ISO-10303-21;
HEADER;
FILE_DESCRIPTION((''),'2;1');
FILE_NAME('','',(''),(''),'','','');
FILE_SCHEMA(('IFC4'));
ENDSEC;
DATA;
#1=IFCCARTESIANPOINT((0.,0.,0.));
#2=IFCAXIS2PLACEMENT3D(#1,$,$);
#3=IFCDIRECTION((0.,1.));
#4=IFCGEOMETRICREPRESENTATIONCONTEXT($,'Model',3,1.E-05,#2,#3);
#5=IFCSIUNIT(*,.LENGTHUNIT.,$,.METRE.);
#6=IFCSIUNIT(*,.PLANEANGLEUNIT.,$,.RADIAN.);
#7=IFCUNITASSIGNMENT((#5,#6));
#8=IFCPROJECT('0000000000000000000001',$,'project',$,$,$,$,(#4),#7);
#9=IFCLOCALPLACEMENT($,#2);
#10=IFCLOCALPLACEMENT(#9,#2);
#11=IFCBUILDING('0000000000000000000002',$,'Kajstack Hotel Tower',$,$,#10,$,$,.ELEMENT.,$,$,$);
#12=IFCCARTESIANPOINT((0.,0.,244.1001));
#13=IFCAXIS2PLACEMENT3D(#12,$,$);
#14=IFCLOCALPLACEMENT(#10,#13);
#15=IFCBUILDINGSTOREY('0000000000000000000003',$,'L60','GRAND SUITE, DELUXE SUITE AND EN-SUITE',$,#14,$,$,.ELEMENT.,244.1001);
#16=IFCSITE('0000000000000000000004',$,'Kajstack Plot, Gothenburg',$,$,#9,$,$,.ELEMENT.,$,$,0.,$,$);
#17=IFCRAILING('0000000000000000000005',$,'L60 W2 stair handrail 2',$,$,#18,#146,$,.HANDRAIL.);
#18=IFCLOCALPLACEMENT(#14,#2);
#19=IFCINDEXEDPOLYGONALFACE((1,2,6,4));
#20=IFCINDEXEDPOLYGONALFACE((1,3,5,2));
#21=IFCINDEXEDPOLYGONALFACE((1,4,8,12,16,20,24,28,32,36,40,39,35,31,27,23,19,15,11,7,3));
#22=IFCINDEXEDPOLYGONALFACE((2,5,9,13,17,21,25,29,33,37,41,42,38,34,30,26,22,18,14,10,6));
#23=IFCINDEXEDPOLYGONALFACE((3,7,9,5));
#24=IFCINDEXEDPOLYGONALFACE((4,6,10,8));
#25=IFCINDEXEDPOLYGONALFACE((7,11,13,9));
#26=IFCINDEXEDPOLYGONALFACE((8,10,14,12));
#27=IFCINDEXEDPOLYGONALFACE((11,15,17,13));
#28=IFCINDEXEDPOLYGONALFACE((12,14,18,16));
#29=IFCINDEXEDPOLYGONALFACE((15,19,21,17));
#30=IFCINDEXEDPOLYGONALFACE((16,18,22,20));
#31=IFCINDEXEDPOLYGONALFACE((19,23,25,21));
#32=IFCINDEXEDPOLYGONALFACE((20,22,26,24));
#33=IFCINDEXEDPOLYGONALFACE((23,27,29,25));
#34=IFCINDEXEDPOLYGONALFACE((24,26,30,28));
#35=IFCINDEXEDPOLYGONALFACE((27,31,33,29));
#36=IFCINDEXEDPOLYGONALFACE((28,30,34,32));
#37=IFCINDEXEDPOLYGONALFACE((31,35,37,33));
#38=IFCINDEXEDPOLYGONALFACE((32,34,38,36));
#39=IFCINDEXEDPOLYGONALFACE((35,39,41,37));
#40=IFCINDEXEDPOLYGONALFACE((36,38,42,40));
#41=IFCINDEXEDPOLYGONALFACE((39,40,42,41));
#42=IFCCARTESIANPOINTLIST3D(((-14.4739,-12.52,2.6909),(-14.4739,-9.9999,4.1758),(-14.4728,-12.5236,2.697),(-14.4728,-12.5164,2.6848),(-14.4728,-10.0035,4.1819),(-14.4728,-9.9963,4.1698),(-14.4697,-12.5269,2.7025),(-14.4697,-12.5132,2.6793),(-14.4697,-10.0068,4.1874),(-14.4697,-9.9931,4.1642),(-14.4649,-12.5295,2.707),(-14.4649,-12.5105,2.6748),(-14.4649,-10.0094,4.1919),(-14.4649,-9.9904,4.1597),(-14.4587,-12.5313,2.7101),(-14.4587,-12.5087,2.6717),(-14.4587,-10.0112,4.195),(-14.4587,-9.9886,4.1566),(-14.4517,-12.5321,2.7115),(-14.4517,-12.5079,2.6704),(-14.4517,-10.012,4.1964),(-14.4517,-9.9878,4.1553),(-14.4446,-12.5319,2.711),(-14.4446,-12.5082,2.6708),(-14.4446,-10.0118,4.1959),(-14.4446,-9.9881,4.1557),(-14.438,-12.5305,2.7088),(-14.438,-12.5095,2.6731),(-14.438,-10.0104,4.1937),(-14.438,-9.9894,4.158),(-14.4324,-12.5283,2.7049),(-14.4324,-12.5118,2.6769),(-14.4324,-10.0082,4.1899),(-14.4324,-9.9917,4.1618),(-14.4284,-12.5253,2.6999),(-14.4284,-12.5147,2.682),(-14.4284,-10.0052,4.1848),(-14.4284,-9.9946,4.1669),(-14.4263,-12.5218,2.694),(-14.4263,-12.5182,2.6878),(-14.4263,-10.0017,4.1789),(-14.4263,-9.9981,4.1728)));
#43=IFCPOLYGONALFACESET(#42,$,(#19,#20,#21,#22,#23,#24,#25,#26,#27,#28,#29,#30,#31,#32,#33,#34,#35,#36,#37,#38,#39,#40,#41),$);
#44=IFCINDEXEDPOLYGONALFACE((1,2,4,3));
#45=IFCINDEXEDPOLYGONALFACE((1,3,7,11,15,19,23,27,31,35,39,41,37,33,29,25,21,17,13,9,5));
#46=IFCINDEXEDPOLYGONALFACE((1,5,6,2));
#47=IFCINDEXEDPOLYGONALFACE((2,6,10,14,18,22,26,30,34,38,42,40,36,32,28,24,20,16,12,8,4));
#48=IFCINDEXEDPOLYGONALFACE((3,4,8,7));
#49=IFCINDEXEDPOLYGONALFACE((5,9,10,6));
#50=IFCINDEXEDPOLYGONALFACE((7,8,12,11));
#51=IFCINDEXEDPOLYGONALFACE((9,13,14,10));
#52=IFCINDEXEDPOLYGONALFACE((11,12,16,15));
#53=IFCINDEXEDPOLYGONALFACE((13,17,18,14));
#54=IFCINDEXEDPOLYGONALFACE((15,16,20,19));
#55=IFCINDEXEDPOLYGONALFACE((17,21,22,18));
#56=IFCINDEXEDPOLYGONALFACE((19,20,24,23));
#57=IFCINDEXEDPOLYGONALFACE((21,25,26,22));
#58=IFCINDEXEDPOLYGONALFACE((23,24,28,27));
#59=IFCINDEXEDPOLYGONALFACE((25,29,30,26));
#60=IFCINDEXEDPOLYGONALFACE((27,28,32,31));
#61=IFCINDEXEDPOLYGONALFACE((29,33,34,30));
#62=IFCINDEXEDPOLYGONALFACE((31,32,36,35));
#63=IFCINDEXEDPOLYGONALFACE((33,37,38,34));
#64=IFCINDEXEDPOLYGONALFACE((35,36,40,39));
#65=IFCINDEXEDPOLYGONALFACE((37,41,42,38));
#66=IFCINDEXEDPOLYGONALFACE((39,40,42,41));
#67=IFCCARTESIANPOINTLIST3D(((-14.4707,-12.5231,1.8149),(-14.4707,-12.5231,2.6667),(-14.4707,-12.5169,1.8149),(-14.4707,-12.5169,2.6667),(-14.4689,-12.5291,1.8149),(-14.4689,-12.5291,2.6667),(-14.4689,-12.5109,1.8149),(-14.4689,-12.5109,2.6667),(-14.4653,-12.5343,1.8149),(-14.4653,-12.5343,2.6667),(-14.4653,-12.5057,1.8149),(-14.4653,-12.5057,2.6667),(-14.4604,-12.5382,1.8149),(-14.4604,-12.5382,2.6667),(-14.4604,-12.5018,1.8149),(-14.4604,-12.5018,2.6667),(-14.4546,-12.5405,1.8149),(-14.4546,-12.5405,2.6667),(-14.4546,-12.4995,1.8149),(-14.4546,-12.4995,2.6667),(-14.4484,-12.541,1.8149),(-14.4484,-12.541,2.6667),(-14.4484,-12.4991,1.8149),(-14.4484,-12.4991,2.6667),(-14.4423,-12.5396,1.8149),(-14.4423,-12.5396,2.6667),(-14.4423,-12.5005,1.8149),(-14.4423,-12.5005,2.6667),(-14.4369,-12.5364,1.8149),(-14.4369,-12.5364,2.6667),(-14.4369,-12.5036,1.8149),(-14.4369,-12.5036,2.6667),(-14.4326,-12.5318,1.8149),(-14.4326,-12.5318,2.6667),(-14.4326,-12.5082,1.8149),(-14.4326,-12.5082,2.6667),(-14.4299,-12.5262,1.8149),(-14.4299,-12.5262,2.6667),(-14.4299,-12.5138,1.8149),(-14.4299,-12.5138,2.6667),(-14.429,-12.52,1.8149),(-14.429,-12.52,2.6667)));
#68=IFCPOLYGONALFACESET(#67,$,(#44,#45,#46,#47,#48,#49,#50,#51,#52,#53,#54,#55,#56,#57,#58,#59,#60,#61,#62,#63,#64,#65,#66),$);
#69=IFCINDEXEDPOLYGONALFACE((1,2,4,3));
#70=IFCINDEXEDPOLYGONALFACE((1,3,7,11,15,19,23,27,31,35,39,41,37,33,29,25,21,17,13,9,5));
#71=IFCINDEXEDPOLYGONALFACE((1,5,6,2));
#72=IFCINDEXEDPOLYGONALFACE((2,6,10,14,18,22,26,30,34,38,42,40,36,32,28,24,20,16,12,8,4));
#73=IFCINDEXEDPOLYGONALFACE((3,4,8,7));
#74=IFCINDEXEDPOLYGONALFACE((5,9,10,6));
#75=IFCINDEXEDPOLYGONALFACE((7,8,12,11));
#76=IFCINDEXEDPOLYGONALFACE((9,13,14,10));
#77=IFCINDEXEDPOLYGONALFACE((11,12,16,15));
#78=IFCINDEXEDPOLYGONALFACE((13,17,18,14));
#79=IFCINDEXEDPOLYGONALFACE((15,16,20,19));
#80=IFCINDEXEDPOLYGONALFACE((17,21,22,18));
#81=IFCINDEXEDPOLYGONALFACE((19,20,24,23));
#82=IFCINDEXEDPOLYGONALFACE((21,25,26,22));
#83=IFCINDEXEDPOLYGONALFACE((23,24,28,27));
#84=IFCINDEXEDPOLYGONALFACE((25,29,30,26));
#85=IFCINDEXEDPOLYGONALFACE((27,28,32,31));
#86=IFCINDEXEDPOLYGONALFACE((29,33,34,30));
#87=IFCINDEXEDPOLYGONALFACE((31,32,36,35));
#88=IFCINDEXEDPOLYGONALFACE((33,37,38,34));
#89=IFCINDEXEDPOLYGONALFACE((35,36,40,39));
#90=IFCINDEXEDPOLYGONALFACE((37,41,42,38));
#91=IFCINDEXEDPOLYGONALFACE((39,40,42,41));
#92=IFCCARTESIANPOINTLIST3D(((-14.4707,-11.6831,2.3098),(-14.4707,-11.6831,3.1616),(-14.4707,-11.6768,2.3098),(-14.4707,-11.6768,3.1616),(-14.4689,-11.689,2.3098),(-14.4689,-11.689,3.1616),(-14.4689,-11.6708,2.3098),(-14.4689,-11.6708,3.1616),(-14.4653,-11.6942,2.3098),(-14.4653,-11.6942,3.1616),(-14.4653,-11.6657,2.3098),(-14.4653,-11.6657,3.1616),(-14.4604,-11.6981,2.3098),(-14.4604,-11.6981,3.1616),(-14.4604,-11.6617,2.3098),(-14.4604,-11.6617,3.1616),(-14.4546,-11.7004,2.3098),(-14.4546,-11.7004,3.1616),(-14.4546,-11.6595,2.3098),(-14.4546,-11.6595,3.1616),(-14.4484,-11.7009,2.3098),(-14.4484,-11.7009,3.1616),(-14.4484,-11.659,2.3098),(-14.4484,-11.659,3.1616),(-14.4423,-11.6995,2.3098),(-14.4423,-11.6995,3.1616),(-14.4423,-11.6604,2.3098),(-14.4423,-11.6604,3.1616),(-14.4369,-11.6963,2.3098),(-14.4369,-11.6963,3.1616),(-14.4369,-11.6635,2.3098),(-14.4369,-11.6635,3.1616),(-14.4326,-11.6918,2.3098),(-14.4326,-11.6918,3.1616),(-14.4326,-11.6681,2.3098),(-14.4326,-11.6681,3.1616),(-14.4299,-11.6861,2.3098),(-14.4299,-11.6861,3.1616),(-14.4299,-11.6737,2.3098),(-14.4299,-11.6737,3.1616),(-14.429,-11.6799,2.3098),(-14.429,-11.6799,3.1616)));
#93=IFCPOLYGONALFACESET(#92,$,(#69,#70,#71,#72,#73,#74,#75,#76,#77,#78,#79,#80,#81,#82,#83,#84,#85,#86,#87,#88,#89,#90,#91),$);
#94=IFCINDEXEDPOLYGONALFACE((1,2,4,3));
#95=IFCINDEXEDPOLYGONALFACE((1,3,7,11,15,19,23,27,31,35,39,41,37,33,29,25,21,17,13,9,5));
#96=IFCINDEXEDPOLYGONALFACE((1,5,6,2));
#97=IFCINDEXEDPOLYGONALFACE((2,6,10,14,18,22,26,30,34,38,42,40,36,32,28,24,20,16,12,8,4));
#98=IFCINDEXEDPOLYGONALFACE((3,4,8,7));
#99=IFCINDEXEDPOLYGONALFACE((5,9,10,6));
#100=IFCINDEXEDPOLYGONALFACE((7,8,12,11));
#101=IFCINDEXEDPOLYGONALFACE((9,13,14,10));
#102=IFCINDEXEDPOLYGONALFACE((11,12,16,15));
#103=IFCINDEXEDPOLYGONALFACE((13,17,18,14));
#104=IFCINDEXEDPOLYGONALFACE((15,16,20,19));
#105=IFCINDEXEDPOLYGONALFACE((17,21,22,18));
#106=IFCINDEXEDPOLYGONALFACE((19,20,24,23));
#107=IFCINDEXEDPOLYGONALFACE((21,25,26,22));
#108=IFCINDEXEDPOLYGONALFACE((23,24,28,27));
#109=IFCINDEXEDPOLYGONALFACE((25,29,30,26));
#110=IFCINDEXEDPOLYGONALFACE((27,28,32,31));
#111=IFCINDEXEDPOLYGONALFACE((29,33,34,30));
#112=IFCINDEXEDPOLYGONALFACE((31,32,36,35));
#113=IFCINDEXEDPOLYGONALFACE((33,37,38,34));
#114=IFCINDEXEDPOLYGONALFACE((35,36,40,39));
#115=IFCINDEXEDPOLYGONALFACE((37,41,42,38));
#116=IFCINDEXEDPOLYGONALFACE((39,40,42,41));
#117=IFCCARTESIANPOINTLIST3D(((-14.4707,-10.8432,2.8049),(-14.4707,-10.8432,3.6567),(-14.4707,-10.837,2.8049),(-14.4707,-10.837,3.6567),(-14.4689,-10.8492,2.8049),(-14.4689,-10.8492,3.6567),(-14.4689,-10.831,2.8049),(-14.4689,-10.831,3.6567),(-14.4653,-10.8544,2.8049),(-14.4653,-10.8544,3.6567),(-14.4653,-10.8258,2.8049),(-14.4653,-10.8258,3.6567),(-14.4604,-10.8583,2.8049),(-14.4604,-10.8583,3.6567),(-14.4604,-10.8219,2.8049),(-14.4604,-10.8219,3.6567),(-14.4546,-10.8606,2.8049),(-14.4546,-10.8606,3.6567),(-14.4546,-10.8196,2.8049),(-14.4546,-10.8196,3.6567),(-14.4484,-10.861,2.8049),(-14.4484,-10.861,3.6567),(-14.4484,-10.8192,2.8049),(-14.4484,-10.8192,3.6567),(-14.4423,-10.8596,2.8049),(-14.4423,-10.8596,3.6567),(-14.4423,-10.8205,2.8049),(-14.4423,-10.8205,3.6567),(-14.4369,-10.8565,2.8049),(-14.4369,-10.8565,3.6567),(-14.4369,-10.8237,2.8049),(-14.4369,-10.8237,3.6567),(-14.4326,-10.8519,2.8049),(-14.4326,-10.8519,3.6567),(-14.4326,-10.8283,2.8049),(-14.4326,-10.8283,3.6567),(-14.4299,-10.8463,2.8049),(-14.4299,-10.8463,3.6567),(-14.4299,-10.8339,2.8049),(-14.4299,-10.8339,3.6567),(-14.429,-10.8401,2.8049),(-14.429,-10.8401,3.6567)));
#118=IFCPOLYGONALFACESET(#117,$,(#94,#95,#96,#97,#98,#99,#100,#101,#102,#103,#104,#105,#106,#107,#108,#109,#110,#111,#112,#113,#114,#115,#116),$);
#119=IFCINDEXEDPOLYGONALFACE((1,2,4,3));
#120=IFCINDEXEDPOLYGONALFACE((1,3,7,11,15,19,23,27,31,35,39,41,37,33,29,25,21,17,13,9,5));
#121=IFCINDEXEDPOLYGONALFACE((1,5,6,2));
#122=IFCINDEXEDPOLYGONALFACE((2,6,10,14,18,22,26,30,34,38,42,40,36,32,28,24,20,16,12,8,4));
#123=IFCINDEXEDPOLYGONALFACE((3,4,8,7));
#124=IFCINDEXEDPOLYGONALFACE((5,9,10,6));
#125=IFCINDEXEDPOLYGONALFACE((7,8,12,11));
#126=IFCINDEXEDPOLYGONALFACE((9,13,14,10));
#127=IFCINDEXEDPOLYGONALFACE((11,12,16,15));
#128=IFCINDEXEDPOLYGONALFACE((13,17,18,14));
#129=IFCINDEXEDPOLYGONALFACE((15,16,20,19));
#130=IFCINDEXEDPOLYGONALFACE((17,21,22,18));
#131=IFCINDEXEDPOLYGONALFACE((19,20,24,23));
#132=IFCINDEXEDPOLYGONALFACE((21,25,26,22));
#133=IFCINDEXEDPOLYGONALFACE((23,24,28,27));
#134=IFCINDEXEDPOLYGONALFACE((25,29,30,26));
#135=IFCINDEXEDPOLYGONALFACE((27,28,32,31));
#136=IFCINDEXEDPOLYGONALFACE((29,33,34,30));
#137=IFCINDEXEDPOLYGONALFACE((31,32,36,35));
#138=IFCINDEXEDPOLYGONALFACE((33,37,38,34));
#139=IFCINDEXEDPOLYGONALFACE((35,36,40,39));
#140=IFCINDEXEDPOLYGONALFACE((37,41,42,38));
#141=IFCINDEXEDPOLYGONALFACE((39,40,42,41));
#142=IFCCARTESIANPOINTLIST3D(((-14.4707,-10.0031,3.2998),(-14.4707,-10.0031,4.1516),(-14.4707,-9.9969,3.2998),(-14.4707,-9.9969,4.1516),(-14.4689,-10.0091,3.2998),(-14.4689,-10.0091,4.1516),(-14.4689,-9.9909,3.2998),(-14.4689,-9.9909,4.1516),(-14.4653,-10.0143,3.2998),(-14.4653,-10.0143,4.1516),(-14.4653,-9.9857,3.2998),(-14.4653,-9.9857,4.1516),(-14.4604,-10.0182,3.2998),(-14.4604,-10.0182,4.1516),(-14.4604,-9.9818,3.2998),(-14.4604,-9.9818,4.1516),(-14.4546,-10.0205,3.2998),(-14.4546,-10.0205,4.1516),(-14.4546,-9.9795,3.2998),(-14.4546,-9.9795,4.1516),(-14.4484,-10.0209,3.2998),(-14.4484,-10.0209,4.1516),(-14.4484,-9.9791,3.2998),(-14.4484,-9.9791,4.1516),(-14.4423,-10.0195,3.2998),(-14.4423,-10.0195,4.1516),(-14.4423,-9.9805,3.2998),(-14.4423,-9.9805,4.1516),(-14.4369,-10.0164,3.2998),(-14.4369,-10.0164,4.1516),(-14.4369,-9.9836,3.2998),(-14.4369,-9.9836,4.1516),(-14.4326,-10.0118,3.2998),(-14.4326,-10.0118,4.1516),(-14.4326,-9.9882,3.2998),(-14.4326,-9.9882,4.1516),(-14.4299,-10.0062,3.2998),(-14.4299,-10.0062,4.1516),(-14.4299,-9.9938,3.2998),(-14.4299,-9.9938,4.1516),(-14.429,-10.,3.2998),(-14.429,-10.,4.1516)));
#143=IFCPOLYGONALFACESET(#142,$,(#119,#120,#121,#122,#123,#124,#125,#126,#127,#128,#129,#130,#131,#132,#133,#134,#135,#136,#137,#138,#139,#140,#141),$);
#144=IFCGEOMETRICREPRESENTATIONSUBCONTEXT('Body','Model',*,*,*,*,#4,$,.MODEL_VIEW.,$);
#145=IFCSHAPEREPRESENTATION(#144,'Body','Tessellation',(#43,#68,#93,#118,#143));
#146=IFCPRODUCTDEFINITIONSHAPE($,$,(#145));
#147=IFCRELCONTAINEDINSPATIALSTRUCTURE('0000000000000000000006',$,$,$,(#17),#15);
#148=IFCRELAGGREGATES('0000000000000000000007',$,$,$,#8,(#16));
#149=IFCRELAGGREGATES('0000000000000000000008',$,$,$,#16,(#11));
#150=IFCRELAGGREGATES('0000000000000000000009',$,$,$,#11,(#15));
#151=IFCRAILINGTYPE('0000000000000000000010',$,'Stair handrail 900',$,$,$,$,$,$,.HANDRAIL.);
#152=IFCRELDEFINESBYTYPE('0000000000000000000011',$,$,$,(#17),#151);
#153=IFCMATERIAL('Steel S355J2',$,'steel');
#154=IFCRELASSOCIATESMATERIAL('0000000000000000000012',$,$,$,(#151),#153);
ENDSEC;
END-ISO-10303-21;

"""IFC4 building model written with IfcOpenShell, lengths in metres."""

from ifc_helpers import new_model, si_unit, direction, frame, origin, origin_2d, place, context, subcontext, project, spatial, circle, extrude, material, type_object, element, save


model = new_model("IFC4")

# Units and contexts
model_context = context("Model", 3, precision=1e-05, world=origin(), true_north=direction((0.0, 1.0)))
body_context = subcontext(model_context, "Body", "Model", "MODEL_VIEW")
ifc_project = project(units=[si_unit("LENGTHUNIT", "METRE"), si_unit("PLANEANGLEUNIT", "RADIAN")], contexts=[model_context])

# Site, building, storey
site_placement = place(None, origin())
site = spatial("IfcSite", under=ifc_project, at=site_placement, Name="Kajstack Plot, Gothenburg", CompositionType="ELEMENT", RefElevation=0.0)
building_placement = place(site_placement, origin())
building = spatial("IfcBuilding", under=site, at=building_placement, Name="Kajstack Hotel Tower", CompositionType="ELEMENT")
storey_placement = place(building_placement, frame((0.0, 0.0, 244.1001)))
storey = spatial("IfcBuildingStorey", under=building, at=storey_placement, Name="L60", Description="GRAND SUITE, DELUXE SUITE AND EN-SUITE", CompositionType="ELEMENT", Elevation=244.1001)

# Railing
ifc_material_1 = material(Name="Steel S355J2", Category="steel")
railing_type = type_object("IfcRailingType", Name="Stair handrail 900", PredefinedType="HANDRAIL", material=ifc_material_1)
railing_1_placement = place(storey_placement, frame((-14.45, -12.52, 1.8149)))
element("IfcRailing", 1, at=railing_1_placement, inside=storey, type_object=railing_type, Name="L60 W2 stair handrail 2", PredefinedType="HANDRAIL", context=body_context, shape_type="SweptSolid", body=[
    extrude(circle(Radius=0.0239, at=origin_2d()), frame((0.0, 0.0, 0.876), z_axis=(0.0, 0.861561, 0.507655), x_axis=(-1.0, 0.0, 0.0)), (0.0, 0.0, 1.0), 2.925),
    extrude(circle(Radius=0.021, at=origin_2d()), origin(), (0.0, 0.0, 1.0), 0.8518),
    extrude(circle(Radius=0.021, at=origin_2d()), frame((0.0, 0.8401, 0.4949)), (0.0, 0.0, 1.0), 0.8518),
    extrude(circle(Radius=0.021, at=origin_2d()), frame((0.0, 1.6799, 0.99)), (0.0, 0.0, 1.0), 0.8518),
    extrude(circle(Radius=0.021, at=origin_2d()), frame((0.0, 2.52, 1.4849)), (0.0, 0.0, 1.0), 0.8518),
])

save(model, "model.ifc")
